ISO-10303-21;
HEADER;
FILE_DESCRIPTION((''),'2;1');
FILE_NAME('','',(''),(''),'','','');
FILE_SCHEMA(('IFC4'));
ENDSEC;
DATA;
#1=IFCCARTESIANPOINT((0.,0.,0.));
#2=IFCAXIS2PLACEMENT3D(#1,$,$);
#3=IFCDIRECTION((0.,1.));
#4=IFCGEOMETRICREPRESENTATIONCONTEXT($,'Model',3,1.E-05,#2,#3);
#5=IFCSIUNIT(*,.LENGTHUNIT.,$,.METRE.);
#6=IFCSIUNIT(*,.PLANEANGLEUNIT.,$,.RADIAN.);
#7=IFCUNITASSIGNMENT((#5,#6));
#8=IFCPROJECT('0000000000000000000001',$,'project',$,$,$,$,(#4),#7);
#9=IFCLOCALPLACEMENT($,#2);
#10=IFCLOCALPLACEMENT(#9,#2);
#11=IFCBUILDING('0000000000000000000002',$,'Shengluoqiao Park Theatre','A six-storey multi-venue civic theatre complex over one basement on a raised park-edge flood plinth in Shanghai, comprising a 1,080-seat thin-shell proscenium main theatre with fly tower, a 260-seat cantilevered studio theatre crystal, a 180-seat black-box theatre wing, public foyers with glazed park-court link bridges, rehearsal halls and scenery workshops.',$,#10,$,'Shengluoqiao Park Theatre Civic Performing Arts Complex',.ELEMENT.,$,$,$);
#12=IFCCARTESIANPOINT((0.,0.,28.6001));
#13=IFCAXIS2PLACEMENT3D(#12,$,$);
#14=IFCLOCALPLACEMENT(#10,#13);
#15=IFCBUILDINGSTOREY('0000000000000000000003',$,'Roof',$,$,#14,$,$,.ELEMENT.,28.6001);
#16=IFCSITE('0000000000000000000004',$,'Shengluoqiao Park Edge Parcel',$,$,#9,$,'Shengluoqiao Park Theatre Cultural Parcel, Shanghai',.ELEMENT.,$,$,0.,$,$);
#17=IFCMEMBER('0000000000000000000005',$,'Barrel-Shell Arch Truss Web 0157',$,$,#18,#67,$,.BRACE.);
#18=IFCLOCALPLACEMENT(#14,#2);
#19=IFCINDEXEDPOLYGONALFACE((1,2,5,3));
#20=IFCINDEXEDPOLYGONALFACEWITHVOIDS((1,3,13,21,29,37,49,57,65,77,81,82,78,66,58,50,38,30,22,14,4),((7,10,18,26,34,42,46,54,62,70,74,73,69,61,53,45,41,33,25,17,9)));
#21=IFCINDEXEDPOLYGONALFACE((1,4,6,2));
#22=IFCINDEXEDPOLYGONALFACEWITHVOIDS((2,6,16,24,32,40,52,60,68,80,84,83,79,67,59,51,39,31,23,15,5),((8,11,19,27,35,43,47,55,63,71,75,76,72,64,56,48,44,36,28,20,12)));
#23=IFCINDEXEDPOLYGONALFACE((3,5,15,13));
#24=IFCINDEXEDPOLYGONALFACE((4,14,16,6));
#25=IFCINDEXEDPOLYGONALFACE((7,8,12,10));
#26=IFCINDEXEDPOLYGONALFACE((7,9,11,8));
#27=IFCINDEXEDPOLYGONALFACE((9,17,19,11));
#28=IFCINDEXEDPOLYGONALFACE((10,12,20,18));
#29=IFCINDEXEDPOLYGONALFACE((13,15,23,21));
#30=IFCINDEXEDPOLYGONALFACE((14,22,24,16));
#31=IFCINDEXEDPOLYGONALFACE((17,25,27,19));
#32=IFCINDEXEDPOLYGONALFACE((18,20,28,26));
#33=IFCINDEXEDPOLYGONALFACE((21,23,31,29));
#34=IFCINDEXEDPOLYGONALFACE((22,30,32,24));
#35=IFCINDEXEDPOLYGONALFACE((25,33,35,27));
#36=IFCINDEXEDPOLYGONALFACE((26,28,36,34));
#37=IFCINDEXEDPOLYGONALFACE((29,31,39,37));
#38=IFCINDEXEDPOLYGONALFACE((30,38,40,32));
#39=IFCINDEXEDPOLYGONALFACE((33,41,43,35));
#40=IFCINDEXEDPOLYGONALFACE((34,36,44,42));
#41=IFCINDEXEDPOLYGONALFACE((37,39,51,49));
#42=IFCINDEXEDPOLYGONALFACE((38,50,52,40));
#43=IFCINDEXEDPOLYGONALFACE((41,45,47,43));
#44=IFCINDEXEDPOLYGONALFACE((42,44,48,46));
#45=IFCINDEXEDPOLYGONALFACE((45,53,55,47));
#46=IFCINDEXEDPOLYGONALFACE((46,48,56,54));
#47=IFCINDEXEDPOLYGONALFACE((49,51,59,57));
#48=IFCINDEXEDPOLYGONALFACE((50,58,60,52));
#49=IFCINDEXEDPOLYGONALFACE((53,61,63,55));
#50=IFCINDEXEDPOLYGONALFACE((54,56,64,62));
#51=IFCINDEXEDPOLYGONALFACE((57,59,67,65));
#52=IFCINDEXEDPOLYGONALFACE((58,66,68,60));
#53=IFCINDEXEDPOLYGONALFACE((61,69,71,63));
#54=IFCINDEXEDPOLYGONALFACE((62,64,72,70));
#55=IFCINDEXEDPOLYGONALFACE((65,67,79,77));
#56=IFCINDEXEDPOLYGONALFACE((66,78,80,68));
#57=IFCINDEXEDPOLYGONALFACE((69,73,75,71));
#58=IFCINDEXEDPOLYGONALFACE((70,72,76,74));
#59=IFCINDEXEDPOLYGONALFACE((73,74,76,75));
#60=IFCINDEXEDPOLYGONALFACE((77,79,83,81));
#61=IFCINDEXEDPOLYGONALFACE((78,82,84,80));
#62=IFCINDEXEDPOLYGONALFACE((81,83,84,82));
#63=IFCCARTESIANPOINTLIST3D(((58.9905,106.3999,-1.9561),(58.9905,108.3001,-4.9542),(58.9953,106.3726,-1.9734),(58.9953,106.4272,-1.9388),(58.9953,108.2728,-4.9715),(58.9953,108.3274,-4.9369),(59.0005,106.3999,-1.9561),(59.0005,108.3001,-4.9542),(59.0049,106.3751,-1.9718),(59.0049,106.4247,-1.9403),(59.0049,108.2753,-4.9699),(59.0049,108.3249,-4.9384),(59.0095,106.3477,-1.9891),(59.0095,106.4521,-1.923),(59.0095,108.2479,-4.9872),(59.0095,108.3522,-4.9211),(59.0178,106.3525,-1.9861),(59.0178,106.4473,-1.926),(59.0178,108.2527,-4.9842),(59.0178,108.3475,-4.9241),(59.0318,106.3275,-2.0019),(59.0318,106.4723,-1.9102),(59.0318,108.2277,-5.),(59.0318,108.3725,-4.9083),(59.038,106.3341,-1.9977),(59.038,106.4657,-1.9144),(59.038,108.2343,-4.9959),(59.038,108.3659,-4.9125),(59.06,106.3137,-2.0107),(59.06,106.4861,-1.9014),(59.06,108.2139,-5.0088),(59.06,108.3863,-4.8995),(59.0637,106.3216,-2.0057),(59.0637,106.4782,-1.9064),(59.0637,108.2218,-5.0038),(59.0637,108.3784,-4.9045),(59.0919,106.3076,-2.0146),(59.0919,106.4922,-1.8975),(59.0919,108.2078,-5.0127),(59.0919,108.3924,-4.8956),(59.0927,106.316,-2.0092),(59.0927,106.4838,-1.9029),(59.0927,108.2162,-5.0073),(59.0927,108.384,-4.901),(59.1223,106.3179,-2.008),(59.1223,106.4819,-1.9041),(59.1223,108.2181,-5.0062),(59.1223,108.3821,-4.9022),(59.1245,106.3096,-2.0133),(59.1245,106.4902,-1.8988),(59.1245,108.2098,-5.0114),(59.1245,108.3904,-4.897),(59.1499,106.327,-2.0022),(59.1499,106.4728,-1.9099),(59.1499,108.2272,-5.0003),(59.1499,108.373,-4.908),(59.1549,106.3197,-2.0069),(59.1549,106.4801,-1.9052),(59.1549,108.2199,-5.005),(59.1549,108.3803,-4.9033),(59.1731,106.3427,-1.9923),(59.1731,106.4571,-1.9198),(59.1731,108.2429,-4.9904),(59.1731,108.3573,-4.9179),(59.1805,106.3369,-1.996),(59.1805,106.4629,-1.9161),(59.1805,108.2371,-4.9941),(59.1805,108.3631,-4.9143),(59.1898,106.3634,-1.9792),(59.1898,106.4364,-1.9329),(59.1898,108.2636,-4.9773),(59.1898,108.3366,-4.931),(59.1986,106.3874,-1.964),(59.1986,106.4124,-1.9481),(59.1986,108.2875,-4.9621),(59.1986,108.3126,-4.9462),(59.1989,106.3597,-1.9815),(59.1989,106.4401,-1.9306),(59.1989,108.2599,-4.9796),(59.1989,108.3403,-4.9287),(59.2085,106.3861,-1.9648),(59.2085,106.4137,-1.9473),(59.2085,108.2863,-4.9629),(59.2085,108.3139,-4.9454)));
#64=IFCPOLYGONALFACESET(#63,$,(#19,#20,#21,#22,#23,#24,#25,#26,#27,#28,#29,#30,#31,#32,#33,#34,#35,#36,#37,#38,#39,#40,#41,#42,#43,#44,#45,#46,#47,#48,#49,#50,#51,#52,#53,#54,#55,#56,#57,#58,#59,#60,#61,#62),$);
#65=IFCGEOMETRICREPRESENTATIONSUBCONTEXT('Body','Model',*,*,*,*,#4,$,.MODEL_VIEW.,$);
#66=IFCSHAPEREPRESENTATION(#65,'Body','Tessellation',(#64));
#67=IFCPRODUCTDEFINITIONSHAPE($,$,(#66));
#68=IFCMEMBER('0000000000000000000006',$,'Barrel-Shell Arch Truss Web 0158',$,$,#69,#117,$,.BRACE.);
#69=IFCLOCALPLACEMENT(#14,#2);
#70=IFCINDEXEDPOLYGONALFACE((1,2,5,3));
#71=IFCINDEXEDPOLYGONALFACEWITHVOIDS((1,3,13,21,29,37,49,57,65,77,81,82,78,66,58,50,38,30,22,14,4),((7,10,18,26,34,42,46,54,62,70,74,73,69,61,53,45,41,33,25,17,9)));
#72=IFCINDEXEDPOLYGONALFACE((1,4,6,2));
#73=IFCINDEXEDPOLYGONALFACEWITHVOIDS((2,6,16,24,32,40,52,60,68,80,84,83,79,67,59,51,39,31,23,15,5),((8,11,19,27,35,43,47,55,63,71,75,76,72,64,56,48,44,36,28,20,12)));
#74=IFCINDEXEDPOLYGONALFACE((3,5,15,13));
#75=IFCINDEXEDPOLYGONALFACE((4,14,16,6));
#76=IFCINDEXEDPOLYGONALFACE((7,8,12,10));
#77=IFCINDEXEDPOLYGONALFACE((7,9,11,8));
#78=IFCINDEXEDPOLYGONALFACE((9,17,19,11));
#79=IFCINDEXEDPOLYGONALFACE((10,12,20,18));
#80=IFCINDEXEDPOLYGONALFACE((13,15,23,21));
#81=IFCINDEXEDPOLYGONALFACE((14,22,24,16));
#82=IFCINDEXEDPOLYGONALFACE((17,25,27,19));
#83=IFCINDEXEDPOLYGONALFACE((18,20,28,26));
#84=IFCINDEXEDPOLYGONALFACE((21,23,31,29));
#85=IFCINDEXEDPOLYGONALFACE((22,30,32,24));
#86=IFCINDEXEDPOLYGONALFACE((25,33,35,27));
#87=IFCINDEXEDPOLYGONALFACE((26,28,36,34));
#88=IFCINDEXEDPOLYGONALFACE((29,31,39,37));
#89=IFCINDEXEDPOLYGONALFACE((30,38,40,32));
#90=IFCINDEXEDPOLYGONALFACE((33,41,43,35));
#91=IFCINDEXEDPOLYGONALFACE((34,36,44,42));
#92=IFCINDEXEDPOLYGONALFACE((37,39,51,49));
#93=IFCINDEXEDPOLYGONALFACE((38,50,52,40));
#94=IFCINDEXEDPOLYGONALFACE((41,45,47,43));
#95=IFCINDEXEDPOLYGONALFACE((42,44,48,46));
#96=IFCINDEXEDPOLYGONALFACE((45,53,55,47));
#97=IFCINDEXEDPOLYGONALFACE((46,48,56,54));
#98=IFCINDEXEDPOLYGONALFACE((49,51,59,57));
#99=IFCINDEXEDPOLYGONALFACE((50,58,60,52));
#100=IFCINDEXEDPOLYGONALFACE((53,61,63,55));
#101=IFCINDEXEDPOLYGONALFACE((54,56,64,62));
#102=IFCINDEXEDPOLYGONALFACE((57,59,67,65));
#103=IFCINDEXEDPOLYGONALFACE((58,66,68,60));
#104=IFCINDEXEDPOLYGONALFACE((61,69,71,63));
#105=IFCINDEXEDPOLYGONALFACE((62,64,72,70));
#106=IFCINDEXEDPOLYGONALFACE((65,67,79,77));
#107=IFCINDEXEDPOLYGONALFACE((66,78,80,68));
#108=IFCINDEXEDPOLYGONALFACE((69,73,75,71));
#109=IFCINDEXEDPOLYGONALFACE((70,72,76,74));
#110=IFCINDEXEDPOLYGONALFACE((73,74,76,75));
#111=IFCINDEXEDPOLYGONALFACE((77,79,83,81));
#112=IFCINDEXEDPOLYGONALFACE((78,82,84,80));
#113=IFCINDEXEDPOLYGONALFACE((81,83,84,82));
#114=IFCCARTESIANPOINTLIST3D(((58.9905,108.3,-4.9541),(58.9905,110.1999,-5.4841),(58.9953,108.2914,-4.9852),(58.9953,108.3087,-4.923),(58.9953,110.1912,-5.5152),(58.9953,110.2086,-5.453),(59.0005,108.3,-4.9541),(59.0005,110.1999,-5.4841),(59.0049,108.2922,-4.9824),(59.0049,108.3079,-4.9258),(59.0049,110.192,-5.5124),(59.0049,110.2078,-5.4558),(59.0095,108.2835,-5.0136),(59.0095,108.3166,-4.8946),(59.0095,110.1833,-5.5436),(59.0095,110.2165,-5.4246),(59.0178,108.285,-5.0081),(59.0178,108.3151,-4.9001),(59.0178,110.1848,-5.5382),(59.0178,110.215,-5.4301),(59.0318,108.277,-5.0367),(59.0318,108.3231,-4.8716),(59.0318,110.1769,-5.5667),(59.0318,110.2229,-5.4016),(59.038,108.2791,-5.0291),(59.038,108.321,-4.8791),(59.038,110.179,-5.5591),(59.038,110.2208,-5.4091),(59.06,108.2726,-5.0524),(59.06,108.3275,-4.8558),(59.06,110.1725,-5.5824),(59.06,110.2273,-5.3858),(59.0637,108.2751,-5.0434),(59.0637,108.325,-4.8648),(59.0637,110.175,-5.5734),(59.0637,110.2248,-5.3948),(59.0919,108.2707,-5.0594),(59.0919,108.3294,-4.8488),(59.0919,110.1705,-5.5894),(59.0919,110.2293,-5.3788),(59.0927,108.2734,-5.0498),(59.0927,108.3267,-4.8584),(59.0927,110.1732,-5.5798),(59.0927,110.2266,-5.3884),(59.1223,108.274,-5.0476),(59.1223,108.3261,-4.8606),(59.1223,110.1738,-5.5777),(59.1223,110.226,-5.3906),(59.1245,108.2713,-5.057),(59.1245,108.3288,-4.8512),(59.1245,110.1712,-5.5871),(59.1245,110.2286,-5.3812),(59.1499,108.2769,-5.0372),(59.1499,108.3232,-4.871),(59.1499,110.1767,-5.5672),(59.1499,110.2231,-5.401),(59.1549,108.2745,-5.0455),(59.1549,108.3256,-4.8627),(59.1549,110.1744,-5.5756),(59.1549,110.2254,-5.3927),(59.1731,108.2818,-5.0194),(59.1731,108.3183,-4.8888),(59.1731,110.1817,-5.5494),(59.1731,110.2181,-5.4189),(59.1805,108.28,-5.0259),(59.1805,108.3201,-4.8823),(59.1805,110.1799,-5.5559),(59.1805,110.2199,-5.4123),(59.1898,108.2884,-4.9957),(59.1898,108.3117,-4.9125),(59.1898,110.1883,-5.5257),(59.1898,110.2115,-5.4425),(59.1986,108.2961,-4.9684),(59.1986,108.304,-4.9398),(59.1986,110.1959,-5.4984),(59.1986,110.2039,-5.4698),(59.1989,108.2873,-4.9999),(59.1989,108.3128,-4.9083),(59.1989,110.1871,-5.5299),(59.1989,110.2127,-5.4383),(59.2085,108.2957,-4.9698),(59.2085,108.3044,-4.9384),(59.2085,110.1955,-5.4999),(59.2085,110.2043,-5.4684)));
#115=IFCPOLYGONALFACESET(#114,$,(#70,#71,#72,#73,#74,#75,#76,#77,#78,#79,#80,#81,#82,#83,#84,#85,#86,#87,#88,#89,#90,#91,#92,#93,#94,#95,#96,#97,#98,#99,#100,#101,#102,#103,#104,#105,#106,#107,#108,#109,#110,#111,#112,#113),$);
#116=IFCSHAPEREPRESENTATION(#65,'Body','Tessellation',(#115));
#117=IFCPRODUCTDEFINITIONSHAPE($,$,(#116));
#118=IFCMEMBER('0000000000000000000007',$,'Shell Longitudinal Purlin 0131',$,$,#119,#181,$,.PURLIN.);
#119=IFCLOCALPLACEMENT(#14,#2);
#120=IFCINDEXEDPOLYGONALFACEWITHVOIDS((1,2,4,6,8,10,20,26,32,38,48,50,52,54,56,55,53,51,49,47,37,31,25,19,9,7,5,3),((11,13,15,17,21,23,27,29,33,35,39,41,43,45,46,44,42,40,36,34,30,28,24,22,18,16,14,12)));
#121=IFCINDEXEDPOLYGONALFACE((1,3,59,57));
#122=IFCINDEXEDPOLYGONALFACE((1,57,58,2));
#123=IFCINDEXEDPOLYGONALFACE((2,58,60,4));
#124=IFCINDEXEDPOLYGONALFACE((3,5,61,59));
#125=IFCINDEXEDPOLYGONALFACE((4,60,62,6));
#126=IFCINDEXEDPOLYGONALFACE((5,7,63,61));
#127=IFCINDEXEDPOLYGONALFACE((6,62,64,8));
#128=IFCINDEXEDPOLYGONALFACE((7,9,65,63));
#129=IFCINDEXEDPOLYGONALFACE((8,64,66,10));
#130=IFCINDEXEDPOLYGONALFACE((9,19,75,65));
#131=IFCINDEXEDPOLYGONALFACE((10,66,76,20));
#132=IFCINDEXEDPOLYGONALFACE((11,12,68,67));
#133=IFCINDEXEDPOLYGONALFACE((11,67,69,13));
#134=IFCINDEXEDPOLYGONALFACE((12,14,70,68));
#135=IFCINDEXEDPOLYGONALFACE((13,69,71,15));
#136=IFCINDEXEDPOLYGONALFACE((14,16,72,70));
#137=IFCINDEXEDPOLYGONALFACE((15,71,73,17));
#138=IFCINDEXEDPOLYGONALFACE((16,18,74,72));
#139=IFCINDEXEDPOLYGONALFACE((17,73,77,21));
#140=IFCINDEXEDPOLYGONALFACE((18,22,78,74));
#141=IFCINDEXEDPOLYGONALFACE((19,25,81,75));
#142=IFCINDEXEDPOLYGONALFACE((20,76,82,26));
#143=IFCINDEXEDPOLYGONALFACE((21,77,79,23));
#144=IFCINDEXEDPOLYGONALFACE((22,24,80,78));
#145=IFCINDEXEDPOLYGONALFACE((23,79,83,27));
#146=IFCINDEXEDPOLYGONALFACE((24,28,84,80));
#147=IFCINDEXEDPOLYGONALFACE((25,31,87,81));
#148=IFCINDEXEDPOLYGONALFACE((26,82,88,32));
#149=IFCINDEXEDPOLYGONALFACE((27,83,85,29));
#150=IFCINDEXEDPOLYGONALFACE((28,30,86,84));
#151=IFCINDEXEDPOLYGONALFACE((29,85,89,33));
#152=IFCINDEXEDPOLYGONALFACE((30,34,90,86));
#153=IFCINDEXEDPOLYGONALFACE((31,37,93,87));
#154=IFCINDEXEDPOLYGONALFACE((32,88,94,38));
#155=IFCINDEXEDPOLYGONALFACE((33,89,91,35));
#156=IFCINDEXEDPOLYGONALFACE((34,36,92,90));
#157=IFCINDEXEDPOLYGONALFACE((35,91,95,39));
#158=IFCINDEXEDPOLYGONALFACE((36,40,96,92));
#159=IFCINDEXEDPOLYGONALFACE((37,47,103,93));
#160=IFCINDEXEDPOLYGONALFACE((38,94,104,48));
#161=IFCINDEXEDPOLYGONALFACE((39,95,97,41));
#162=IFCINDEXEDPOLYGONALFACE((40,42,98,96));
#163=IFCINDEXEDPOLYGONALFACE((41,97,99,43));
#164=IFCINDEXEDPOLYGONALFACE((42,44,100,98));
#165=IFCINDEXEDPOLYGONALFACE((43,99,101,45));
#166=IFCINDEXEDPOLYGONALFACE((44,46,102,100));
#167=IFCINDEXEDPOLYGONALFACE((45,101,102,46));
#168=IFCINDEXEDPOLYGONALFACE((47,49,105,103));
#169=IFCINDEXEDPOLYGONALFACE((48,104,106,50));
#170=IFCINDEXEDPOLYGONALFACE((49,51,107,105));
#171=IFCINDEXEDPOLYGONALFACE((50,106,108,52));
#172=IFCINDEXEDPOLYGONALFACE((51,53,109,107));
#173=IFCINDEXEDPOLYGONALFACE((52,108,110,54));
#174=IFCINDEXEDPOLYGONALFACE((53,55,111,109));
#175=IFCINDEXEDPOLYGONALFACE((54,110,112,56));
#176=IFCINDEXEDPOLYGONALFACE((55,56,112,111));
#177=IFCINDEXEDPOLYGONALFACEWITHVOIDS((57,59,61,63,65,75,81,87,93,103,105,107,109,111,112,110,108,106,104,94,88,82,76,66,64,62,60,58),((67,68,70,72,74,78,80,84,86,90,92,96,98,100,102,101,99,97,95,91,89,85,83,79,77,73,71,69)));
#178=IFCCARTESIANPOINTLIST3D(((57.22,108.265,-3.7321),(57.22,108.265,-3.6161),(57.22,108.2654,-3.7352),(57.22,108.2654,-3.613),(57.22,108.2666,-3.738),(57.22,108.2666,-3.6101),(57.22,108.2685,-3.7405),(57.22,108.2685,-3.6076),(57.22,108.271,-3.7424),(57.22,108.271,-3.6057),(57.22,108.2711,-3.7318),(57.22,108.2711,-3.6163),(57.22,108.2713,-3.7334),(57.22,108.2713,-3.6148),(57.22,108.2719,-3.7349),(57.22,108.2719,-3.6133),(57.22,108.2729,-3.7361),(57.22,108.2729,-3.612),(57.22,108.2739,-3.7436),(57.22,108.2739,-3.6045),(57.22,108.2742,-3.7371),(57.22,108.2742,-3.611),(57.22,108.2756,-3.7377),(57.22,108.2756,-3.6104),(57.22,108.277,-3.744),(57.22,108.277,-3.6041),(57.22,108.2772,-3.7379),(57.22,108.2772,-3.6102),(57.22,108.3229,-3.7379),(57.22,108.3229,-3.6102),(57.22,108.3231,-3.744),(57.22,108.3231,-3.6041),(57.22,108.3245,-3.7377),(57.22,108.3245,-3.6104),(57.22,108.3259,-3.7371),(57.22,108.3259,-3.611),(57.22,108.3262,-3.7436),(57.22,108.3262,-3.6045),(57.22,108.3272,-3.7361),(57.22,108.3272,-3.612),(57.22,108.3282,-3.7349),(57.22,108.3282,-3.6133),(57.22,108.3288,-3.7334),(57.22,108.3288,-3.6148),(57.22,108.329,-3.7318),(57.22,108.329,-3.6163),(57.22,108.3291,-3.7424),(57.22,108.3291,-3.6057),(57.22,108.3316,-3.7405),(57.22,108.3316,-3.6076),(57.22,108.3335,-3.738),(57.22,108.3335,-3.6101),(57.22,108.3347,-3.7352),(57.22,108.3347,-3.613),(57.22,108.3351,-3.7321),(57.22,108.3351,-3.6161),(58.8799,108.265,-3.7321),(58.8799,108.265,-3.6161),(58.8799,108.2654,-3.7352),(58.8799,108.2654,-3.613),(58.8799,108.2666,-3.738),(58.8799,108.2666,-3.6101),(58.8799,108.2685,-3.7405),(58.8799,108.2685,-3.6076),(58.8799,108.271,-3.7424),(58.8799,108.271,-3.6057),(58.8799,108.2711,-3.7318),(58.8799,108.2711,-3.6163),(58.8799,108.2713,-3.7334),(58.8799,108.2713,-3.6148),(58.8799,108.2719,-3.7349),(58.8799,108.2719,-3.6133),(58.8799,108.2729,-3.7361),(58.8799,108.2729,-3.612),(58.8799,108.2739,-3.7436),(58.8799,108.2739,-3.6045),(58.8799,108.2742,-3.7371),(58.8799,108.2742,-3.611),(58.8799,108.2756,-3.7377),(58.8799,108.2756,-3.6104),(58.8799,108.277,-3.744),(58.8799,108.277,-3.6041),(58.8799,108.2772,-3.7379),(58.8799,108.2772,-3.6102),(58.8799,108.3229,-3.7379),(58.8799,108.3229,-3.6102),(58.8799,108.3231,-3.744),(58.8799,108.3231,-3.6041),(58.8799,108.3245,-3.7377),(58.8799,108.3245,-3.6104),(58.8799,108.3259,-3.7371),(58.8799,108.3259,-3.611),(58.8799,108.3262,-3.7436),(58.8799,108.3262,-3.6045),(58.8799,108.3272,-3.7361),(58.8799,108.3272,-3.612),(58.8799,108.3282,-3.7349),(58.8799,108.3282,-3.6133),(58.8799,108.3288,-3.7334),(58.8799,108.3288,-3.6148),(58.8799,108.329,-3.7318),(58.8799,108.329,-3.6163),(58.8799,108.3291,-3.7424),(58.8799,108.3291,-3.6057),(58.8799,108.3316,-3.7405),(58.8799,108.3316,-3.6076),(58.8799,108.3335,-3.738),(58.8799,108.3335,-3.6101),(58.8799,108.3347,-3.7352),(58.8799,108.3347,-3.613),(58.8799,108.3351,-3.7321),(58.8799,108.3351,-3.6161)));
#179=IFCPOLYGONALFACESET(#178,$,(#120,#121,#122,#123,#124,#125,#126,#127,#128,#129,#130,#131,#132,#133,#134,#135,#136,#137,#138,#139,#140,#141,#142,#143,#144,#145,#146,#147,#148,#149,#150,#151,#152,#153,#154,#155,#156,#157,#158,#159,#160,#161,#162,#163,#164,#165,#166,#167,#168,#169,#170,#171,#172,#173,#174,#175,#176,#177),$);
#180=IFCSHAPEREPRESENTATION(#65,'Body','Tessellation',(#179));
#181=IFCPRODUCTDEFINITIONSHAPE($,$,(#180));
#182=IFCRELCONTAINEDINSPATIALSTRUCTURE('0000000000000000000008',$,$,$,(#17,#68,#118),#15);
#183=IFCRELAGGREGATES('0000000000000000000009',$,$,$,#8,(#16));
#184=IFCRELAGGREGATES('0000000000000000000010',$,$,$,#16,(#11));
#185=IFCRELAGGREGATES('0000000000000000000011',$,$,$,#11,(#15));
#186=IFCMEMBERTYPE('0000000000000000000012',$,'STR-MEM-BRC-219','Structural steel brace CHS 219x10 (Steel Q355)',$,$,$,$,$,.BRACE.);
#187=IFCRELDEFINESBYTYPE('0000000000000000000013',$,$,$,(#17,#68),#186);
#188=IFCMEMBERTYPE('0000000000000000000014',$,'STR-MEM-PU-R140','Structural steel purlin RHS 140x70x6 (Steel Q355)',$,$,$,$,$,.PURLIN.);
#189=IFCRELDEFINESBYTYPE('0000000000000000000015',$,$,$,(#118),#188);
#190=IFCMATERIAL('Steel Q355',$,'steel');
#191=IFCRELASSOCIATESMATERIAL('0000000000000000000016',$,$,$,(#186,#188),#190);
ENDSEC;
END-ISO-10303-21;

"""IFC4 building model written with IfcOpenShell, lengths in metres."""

from ifc_helpers import new_model, si_unit, direction, frame, origin, origin_2d, place, context, subcontext, project, spatial, hollow_rectangle, hollow_circle, extrude, material, material_profile, profile_set, type_object, element, save


model = new_model("IFC4")

# Units and contexts
model_context = context("Model", 3, precision=1e-05, world=origin(), true_north=direction((0.0, 1.0)))
body_context = subcontext(model_context, "Body", "Model", "MODEL_VIEW")
ifc_project = project(units=[si_unit("LENGTHUNIT", "METRE"), si_unit("PLANEANGLEUNIT", "RADIAN")], contexts=[model_context])

# Site, building, storey
site_placement = place(None, origin())
site = spatial("IfcSite", under=ifc_project, at=site_placement, Name="Shengluoqiao Park Edge Parcel", LongName="Shengluoqiao Park Theatre Cultural Parcel, Shanghai", CompositionType="ELEMENT", RefElevation=0.0)
building_placement = place(site_placement, origin())
building = spatial("IfcBuilding", under=site, at=building_placement, Name="Shengluoqiao Park Theatre", Description="A six-storey multi-venue civic theatre complex over one basement on a raised park-edge flood plinth in Shanghai, comprising a 1,080-seat thin-shell proscenium main theatre with fly tower, a 260-seat cantilevered studio theatre crystal, a 180-seat black-box theatre wing, public foyers with glazed park-court link bridges, rehearsal halls and scenery workshops.", LongName="Shengluoqiao Park Theatre Civic Performing Arts Complex", CompositionType="ELEMENT")
storey_placement = place(building_placement, frame((0.0, 0.0, 28.6001)))
storey = spatial("IfcBuildingStorey", under=building, at=storey_placement, Name="Roof", CompositionType="ELEMENT", Elevation=28.6001)

# Shared definitions
ifc_material_1 = material(Name="Steel Q355", Category="steel")

# Members
ifc_material_profile_1 = material_profile(ifc_material_1, hollow_circle(Radius=0.1096, WallThickness=0.01, at=origin_2d()), Name="CHS 219x10")
ifc_profile_set_1 = profile_set([ifc_material_profile_1], Name="Steel Q355")
member_type_1 = type_object("IfcMemberType", Name="STR-MEM-BRC-219", Description="Structural steel brace CHS 219x10 (Steel Q355)", PredefinedType="BRACE", material=ifc_profile_set_1)
member_1_placement = place(storey_placement, frame((59.1001, 106.3999, -1.9561), z_axis=(0.0, 0.53533, -0.844643), x_axis=(-1.0, 0.0, 0.0)))
element("IfcMember", 1, at=member_1_placement, inside=storey, type_object=member_type_1, Name="Barrel-Shell Arch Truss Web 0157", PredefinedType="BRACE", context=body_context, shape_type="SweptSolid", body=[
    extrude(hollow_circle(Radius=0.1096, WallThickness=0.01, at=origin_2d()), origin(), (0.0, 0.0, 1.0), 3.5496),
])
member_2_placement = place(storey_placement, frame((59.1001, 108.3, -4.9541), z_axis=(0.0, 0.963219, -0.268716), x_axis=(-1.0, 0.0, 0.0)))
element("IfcMember", 2, at=member_2_placement, inside=storey, type_object=member_type_1, Name="Barrel-Shell Arch Truss Web 0158", PredefinedType="BRACE", context=body_context, shape_type="SweptSolid", body=[
    extrude(hollow_circle(Radius=0.1096, WallThickness=0.01, at=origin_2d()), origin(), (0.0, 0.0, 1.0), 1.9724),
])
ifc_material_profile_2 = material_profile(ifc_material_1, hollow_rectangle(XDim=0.0701, YDim=0.1399, WallThickness=0.0061, InnerFilletRadius=0.0061, OuterFilletRadius=0.012, at=origin_2d()), Name="RHS 140x70x6")
ifc_profile_set_2 = profile_set([ifc_material_profile_2], Name="Steel Q355")
member_type_2 = type_object("IfcMemberType", Name="STR-MEM-PU-R140", Description="Structural steel purlin RHS 140x70x6 (Steel Q355)", PredefinedType="PURLIN", material=ifc_profile_set_2)
member_3_placement = place(storey_placement, frame((57.22, 108.3, -3.6741), z_axis=(1.0, 0.0, 0.0), x_axis=(0.0, 1.0, 0.0)))
element("IfcMember", 3, at=member_3_placement, inside=storey, type_object=member_type_2, Name="Shell Longitudinal Purlin 0131", PredefinedType="PURLIN", context=body_context, shape_type="SweptSolid", body=[
    extrude(hollow_rectangle(XDim=0.0701, YDim=0.1399, WallThickness=0.0061, InnerFilletRadius=0.0061, OuterFilletRadius=0.012, at=origin_2d()), origin(), (0.0, 0.0, 1.0), 1.6599),
])

save(model, "model.ifc")
